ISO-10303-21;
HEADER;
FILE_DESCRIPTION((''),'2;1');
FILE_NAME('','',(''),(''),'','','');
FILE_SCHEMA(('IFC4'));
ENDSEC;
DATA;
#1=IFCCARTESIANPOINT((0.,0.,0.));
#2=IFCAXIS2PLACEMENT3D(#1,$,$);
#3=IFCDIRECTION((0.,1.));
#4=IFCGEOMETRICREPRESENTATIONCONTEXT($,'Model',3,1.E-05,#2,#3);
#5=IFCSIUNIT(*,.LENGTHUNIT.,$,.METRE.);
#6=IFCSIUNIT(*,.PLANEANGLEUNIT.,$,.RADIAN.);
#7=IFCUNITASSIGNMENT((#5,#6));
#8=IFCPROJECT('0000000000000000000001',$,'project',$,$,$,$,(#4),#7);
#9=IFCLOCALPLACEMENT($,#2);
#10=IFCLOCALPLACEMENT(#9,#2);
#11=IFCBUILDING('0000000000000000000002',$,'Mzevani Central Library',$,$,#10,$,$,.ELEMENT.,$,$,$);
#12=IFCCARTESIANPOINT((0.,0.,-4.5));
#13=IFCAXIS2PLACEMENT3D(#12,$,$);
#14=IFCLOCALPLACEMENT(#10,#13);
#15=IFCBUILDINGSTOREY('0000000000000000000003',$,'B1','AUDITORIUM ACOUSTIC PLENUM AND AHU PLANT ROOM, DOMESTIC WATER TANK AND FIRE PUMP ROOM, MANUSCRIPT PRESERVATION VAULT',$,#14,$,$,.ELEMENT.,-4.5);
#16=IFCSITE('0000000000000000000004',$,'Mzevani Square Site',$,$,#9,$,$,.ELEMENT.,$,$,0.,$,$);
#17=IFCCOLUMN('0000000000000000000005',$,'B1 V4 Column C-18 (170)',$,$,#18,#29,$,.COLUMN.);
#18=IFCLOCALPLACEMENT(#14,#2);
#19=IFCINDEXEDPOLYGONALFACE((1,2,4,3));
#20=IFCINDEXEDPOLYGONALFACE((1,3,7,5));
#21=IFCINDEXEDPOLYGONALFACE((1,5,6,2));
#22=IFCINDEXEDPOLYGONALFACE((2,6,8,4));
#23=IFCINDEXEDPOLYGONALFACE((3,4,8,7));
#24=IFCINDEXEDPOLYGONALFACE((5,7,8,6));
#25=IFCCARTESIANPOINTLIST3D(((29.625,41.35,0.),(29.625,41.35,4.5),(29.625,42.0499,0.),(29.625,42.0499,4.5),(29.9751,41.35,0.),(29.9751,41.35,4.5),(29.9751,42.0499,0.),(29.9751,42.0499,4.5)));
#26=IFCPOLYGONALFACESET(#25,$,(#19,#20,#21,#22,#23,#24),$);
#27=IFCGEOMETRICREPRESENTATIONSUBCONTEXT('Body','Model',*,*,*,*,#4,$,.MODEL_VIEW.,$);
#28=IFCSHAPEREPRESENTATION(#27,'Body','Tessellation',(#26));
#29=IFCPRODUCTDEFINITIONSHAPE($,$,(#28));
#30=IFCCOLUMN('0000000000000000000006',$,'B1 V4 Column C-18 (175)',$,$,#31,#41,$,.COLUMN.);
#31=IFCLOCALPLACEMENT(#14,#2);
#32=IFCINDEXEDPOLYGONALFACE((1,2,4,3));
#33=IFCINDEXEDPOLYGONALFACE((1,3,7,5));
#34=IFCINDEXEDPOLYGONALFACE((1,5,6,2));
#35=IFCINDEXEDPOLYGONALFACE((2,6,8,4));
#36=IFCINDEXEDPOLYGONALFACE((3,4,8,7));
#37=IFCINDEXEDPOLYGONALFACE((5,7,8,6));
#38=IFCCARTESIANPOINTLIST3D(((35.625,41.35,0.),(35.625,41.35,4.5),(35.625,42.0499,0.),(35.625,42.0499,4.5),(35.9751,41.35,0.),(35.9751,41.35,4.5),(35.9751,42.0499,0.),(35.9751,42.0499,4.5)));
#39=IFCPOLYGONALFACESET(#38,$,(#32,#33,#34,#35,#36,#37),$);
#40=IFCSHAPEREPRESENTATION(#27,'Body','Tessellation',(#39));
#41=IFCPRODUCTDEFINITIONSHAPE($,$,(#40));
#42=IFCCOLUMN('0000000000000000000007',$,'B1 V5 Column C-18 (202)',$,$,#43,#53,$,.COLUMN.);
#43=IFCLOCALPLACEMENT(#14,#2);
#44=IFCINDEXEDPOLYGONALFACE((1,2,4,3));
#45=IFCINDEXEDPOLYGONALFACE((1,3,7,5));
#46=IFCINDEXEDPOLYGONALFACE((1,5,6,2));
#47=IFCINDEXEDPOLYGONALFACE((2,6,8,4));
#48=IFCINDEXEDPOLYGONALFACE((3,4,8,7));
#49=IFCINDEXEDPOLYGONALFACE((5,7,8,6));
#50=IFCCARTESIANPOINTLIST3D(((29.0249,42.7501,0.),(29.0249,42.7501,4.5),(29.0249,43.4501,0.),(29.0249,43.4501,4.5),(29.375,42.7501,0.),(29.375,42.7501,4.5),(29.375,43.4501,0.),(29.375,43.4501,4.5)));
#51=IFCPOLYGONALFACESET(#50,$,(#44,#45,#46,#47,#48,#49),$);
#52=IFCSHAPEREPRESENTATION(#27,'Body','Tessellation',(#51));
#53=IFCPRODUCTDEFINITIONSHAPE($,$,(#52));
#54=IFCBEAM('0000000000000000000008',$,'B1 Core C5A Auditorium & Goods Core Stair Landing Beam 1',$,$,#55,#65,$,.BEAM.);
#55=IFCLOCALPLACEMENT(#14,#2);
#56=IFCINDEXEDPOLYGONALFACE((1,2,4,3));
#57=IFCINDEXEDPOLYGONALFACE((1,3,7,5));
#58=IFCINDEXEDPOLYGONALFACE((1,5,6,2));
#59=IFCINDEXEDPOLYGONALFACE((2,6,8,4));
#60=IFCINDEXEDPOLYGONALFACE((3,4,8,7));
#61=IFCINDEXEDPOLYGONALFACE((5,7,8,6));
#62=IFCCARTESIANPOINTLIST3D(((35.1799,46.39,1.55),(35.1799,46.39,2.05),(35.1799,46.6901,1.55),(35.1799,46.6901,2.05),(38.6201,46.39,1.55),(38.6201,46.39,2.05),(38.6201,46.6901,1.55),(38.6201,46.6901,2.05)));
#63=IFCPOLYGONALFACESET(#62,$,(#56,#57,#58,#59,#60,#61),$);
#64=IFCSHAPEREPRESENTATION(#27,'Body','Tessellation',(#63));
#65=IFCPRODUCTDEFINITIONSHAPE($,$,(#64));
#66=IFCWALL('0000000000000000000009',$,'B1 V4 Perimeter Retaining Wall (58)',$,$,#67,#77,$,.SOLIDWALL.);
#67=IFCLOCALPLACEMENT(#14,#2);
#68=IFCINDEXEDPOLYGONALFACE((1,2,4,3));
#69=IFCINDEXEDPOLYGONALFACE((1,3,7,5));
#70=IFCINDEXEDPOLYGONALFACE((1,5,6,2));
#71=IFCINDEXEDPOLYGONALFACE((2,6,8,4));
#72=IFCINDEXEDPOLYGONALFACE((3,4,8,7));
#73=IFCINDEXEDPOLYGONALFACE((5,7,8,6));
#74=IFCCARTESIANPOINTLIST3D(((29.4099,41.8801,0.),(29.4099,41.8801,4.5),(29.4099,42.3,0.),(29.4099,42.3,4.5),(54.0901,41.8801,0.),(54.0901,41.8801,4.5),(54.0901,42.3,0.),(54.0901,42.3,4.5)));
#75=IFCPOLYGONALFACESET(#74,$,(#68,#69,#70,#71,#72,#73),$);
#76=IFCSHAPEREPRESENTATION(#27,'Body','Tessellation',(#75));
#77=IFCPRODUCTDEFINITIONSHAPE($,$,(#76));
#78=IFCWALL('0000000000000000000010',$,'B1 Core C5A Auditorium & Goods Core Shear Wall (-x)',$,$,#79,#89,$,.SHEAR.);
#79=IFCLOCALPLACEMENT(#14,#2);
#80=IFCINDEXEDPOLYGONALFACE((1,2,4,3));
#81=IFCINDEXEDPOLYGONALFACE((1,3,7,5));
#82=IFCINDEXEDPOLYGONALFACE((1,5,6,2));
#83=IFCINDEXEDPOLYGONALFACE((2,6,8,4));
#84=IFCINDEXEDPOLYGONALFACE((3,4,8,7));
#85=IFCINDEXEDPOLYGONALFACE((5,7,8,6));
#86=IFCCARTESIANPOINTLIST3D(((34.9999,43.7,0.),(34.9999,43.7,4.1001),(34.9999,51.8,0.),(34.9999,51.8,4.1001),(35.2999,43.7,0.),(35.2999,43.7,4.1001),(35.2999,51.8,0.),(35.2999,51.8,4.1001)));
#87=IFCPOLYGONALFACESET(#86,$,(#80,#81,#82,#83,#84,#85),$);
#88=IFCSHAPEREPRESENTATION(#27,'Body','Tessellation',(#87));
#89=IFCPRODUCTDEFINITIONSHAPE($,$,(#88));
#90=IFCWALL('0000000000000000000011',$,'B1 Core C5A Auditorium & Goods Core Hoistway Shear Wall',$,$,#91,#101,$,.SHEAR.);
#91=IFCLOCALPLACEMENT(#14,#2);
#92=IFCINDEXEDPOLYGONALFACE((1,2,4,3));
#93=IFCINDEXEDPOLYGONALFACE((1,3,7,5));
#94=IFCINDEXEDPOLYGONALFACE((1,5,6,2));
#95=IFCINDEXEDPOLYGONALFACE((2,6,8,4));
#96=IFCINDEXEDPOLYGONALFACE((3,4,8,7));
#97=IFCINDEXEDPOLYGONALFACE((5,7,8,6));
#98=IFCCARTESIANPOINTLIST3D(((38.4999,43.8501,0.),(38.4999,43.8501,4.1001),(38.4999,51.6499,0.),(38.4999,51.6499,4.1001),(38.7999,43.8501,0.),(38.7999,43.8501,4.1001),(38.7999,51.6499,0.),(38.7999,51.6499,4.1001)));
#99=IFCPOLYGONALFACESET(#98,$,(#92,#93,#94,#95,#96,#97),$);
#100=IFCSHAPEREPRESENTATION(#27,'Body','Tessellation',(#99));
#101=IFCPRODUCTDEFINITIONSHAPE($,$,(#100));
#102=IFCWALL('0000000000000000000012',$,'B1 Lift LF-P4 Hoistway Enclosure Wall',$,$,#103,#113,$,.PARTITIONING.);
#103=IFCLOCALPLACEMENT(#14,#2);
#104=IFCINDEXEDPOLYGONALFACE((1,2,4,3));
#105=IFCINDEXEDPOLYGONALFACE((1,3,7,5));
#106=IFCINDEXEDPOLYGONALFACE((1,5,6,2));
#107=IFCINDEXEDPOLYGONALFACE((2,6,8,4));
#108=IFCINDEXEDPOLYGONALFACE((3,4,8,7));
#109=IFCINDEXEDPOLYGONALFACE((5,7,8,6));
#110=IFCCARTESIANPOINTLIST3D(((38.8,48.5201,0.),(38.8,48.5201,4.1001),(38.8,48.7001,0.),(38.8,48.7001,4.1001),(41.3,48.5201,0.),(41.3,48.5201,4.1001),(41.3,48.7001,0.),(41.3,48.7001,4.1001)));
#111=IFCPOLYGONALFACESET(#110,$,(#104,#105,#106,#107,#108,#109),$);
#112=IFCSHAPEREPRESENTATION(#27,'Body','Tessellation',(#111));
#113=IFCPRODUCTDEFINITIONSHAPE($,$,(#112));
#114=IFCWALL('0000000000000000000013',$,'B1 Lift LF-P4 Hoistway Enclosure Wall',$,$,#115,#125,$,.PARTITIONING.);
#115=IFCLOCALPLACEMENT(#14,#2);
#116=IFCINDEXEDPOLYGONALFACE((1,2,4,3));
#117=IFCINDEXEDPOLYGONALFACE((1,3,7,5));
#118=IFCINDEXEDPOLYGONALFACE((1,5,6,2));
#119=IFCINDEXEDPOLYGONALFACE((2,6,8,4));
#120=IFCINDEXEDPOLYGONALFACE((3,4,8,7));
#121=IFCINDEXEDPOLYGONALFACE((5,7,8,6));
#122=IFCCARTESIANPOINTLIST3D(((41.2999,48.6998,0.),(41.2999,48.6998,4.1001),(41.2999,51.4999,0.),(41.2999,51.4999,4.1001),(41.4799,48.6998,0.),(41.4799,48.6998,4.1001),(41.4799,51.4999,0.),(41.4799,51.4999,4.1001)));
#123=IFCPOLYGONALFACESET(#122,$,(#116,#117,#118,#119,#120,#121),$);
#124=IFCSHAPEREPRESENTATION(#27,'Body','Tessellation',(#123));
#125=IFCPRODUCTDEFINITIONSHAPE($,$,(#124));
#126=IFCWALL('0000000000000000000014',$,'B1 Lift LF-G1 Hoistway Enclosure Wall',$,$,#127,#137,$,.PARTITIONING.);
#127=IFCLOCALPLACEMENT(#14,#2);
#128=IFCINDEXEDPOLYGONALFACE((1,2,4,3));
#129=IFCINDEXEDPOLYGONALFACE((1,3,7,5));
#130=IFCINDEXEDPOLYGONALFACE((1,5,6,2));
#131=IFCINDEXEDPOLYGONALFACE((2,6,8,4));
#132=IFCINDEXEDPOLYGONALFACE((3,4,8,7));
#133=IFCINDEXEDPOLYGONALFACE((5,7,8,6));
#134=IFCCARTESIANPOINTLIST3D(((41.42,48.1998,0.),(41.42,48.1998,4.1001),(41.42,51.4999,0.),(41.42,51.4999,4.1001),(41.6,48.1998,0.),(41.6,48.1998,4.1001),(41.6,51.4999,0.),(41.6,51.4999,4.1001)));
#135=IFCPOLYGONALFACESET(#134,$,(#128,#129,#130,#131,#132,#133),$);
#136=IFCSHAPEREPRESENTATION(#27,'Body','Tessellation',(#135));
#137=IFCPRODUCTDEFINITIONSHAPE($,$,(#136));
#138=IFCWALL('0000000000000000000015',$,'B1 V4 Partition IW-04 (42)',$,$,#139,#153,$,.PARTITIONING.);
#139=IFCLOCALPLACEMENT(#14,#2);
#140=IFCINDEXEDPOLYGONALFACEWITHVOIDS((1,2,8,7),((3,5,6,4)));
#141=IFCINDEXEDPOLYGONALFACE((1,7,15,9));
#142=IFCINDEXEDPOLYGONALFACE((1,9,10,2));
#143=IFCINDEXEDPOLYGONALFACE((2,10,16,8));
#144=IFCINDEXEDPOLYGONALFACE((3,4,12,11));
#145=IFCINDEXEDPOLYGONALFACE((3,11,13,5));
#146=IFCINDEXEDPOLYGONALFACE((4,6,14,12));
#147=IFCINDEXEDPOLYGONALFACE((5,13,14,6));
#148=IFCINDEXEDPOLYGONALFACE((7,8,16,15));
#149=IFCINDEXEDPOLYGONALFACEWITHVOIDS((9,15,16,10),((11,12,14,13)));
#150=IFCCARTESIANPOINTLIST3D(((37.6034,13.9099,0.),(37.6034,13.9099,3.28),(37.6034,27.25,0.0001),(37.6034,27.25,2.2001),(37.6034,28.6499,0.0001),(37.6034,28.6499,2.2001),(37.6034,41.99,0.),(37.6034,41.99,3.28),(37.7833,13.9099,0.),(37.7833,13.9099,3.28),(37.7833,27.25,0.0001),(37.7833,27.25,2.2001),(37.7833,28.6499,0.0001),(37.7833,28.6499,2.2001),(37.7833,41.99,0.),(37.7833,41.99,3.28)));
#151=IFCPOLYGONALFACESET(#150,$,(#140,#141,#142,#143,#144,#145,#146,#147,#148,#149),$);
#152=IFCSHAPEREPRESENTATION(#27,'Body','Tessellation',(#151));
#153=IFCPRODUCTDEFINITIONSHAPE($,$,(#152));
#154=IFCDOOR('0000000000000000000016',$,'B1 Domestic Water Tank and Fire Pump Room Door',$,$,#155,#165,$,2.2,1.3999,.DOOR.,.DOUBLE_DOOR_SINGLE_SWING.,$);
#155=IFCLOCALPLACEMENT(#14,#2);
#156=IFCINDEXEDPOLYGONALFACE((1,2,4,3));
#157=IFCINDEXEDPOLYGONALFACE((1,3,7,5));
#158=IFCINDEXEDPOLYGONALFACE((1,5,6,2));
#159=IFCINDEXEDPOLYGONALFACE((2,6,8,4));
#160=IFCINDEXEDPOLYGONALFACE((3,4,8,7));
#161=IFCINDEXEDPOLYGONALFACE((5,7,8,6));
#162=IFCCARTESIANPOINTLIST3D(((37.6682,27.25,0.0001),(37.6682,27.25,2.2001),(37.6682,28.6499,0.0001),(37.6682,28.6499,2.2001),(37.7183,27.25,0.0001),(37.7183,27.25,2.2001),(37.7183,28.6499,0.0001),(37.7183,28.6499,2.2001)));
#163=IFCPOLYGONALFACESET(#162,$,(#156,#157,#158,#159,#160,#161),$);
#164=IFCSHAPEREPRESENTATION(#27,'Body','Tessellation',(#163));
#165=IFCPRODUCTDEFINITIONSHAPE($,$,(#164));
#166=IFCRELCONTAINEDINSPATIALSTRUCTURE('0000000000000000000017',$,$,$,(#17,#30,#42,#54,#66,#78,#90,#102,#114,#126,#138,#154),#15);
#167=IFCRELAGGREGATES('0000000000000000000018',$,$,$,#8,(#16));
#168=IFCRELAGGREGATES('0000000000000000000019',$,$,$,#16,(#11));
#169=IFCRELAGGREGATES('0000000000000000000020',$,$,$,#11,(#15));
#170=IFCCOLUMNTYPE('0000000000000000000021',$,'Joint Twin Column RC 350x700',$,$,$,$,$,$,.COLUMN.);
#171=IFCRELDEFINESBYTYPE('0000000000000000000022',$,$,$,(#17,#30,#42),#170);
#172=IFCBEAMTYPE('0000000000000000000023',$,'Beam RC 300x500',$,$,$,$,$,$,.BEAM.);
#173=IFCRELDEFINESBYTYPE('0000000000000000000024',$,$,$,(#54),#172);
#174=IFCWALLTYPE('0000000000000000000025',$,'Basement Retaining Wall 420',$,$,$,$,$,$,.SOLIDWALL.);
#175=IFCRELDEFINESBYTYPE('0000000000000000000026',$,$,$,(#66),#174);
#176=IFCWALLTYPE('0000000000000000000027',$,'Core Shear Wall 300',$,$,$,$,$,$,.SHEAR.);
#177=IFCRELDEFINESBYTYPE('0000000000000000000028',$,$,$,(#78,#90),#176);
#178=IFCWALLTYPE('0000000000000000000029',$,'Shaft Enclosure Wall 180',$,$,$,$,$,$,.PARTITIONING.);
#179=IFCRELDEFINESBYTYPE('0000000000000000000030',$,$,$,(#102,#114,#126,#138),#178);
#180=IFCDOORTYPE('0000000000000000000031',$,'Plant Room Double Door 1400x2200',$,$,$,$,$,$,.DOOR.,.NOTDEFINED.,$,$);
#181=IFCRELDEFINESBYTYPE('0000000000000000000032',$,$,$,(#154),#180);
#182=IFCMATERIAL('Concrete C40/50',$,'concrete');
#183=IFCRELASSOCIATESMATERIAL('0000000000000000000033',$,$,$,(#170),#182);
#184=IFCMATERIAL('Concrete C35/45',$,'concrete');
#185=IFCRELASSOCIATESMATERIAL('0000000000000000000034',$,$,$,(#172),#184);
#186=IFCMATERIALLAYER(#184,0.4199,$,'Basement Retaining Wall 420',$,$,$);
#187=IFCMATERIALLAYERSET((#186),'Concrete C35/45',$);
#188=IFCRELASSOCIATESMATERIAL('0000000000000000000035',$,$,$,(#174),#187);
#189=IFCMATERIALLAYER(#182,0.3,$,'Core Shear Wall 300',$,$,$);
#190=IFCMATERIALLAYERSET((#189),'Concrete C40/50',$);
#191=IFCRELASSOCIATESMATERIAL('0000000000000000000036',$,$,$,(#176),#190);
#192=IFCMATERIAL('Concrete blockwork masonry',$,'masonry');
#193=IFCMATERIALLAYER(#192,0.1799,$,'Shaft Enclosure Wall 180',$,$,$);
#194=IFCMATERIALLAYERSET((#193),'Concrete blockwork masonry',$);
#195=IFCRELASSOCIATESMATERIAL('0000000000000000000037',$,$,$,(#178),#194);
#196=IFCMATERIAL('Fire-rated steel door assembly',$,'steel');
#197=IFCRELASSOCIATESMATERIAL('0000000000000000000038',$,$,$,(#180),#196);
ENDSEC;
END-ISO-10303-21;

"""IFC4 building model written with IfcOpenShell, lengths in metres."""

from ifc_helpers import new_model, si_unit, direction, frame, frame_2d, origin, origin_2d, place, context, subcontext, project, spatial, rectangle, extrude, material, layer, layer_set, material_profile, profile_set, type_object, element, fill, save


model = new_model("IFC4")

# Units and contexts
model_context = context("Model", 3, precision=1e-05, world=origin(), true_north=direction((0.0, 1.0)))
body_context = subcontext(model_context, "Body", "Model", "MODEL_VIEW")
ifc_project = project(units=[si_unit("LENGTHUNIT", "METRE"), si_unit("PLANEANGLEUNIT", "RADIAN")], contexts=[model_context])

# Site, building, storey
site_placement = place(None, origin())
site = spatial("IfcSite", under=ifc_project, at=site_placement, Name="Mzevani Square Site", CompositionType="ELEMENT", RefElevation=0.0)
building_placement = place(site_placement, origin())
building = spatial("IfcBuilding", under=site, at=building_placement, Name="Mzevani Central Library", CompositionType="ELEMENT")
storey_placement = place(building_placement, frame((0.0, 0.0, -4.5)))
storey = spatial("IfcBuildingStorey", under=building, at=storey_placement, Name="B1", Description="AUDITORIUM ACOUSTIC PLENUM AND AHU PLANT ROOM, DOMESTIC WATER TANK AND FIRE PUMP ROOM, MANUSCRIPT PRESERVATION VAULT", CompositionType="ELEMENT", Elevation=-4.5)

# Shared definitions
ifc_material_1 = material(Name="Concrete C40/50", Category="concrete")

# Columns
ifc_material_profile_1 = material_profile(ifc_material_1, rectangle(XDim=0.3501, YDim=0.7, at=origin_2d()), Name="RC 350x700")
ifc_profile_set_1 = profile_set([ifc_material_profile_1], Name="Concrete C40/50")
column_type_1 = type_object("IfcColumnType", Name="Joint Twin Column RC 350x700", PredefinedType="COLUMN", material=ifc_profile_set_1)
for number, where, z_axis, x_axis, name in (
    (1, (29.8, 41.7, 0.0), (0.0, 0.0, 1.0), (1.0, 0.0, 0.0), "B1 V4 Column C-18 (170)"),
    (2, (35.8, 41.7, 0.0), (0.0, 0.0, 1.0), (1.0, 0.0, 0.0), "B1 V4 Column C-18 (175)"),
    (3, (29.2, 43.1001, 0.0), (0.0, 0.0, 1.0), (1.0, 0.0, 0.0), "B1 V5 Column C-18 (202)"),
):
    element("IfcColumn", number, at=place(storey_placement, frame(where, z_axis=z_axis, x_axis=x_axis)), inside=storey, type_object=column_type_1, Name=name, PredefinedType="COLUMN", context=body_context, shape_type="SweptSolid", body=[
        extrude(rectangle(XDim=0.3501, YDim=0.7, at=origin_2d()), origin(), (0.0, 0.0, 1.0), 4.5),
    ])

# Beam
ifc_material_2 = material(Name="Concrete C35/45", Category="concrete")
ifc_material_profile_2 = material_profile(ifc_material_2, rectangle(XDim=0.3, YDim=0.5, at=origin_2d()), Name="RC B300x500")
ifc_profile_set_2 = profile_set([ifc_material_profile_2], Name="Concrete C35/45")
beam_type = type_object("IfcBeamType", Name="Beam RC 300x500", PredefinedType="BEAM", material=ifc_profile_set_2)
beam_placement = place(storey_placement, frame((35.1799, 46.54, 1.8), z_axis=(1.0, 0.0, 0.0), x_axis=(0.0, 1.0, 0.0)))
element("IfcBeam", 4, at=beam_placement, inside=storey, type_object=beam_type, Name="B1 Core C5A Auditorium & Goods Core Stair Landing Beam 1", PredefinedType="BEAM", context=body_context, shape_type="SweptSolid", body=[
    extrude(rectangle(XDim=0.3, YDim=0.5, at=origin_2d()), origin(), (0.0, 0.0, 1.0), 3.4402),
])

# Walls
ifc_layer_1 = layer(ifc_material_2, 0.4199, Name="Basement Retaining Wall 420")
ifc_layer_set_1 = layer_set([ifc_layer_1], Name="Concrete C35/45")
wall_type_1 = type_object("IfcWallType", Name="Basement Retaining Wall 420", PredefinedType="SOLIDWALL", material=ifc_layer_set_1)
wall_1_placement = place(storey_placement, frame((29.4099, 42.0901, 0.0), z_axis=(0.0, 0.0, 1.0), x_axis=(1.0, 0.0, 0.0)))
element("IfcWall", 5, at=wall_1_placement, inside=storey, type_object=wall_type_1, Name="B1 V4 Perimeter Retaining Wall (58)", PredefinedType="SOLIDWALL", context=body_context, shape_type="SweptSolid", body=[
    extrude(rectangle(XDim=24.6802, YDim=0.4199, at=frame_2d((12.3401, 0.0))), origin(), (0.0, 0.0, 1.0), 4.5),
])
ifc_layer_2 = layer(ifc_material_1, 0.3, Name="Core Shear Wall 300")
ifc_layer_set_2 = layer_set([ifc_layer_2], Name="Concrete C40/50")
wall_type_2 = type_object("IfcWallType", Name="Core Shear Wall 300", PredefinedType="SHEAR", material=ifc_layer_set_2)
wall_2_placement = place(storey_placement, frame((35.1499, 43.7, 0.0), z_axis=(0.0, 0.0, 1.0), x_axis=(0.0, 1.0, 0.0)))
element("IfcWall", 6, at=wall_2_placement, inside=storey, type_object=wall_type_2, Name="B1 Core C5A Auditorium & Goods Core Shear Wall (-x)", PredefinedType="SHEAR", context=body_context, shape_type="SweptSolid", body=[
    extrude(rectangle(XDim=8.1001, YDim=0.3, at=frame_2d((4.05, 0.0))), origin(), (0.0, 0.0, 1.0), 4.1001),
])
wall_3_placement = place(storey_placement, frame((38.6499, 43.8501, 0.0), z_axis=(0.0, 0.0, 1.0), x_axis=(0.0, 1.0, 0.0)))
element("IfcWall", 7, at=wall_3_placement, inside=storey, type_object=wall_type_2, Name="B1 Core C5A Auditorium & Goods Core Hoistway Shear Wall", PredefinedType="SHEAR", context=body_context, shape_type="SweptSolid", body=[
    extrude(rectangle(XDim=7.7998, YDim=0.3, at=frame_2d((3.8999, 0.0))), origin(), (0.0, 0.0, 1.0), 4.1001),
])
ifc_material_3 = material(Name="Concrete blockwork masonry", Category="masonry")
ifc_layer_3 = layer(ifc_material_3, 0.1799, Name="Shaft Enclosure Wall 180")
ifc_layer_set_3 = layer_set([ifc_layer_3], Name="Concrete blockwork masonry")
wall_type_3 = type_object("IfcWallType", Name="Shaft Enclosure Wall 180", PredefinedType="PARTITIONING", material=ifc_layer_set_3)
wall_4_placement = place(storey_placement, frame((38.8, 48.6101, 0.0), z_axis=(0.0, 0.0, 1.0), x_axis=(1.0, 0.0, 0.0)))
element("IfcWall", 8, at=wall_4_placement, inside=storey, type_object=wall_type_3, Name="B1 Lift LF-P4 Hoistway Enclosure Wall", PredefinedType="PARTITIONING", context=body_context, shape_type="SweptSolid", body=[
    extrude(rectangle(XDim=2.5, YDim=0.1799, at=frame_2d((1.25, 0.0))), origin(), (0.0, 0.0, 1.0), 4.1001),
])
wall_5_placement = place(storey_placement, frame((41.3899, 48.7, 0.0), z_axis=(0.0, 0.0, 1.0), x_axis=(0.0, 1.0, 0.0)))
element("IfcWall", 9, at=wall_5_placement, inside=storey, type_object=wall_type_3, Name="B1 Lift LF-P4 Hoistway Enclosure Wall", PredefinedType="PARTITIONING", context=body_context, shape_type="SweptSolid", body=[
    extrude(rectangle(XDim=2.8, YDim=0.1799, at=frame_2d((1.3999, 0.0))), origin(), (0.0, 0.0, 1.0), 4.1001),
])
wall_6_placement = place(storey_placement, frame((41.51, 48.2, 0.0), z_axis=(0.0, 0.0, 1.0), x_axis=(0.0, 1.0, 0.0)))
element("IfcWall", 10, at=wall_6_placement, inside=storey, type_object=wall_type_3, Name="B1 Lift LF-G1 Hoistway Enclosure Wall", PredefinedType="PARTITIONING", context=body_context, shape_type="SweptSolid", body=[
    extrude(rectangle(XDim=3.3, YDim=0.1799, at=frame_2d((1.6499, 0.0))), origin(), (0.0, 0.0, 1.0), 4.1001),
])

# Wall, opening, door
wall_7_placement = place(storey_placement, frame((37.6934, 41.99, 0.0), z_axis=(0.0, 0.0, 1.0), x_axis=(0.0, -1.0, 0.0)))
wall_7 = element("IfcWall", 11, at=wall_7_placement, inside=storey, type_object=wall_type_3, Name="B1 V4 Partition IW-04 (42)", PredefinedType="PARTITIONING", context=body_context, shape_type="SweptSolid", body=[
    extrude(rectangle(XDim=28.0801, YDim=0.1799, at=frame_2d((14.04, 0.0))), origin(), (0.0, 0.0, 1.0), 3.28),
])
opening_placement = place(wall_7_placement, frame((13.3401, 0.0, 0.0)))
opening = element("IfcOpeningElement", 12, at=opening_placement, cuts=wall_7, PredefinedType="OPENING", context=body_context, shape_type="SweptSolid", body=[
    extrude(rectangle(XDim=1.3999, YDim=2.2, at=frame_2d((0.7, 1.1001))), frame((0.0, 0.1001, 0.0), z_axis=(0.0, -1.0, 0.0), x_axis=(1.0, 0.0, 0.0)), (0.0, 0.0, 1.0), 0.2),
])
ifc_material_4 = material(Name="Fire-rated steel door assembly", Category="steel")
door_type = type_object("IfcDoorType", Name="Plant Room Double Door 1400x2200", OperationType="NOTDEFINED", PredefinedType="DOOR", material=ifc_material_4)
door_placement = place(opening_placement, origin())
door = element("IfcDoor", 13, at=door_placement, inside=storey, type_object=door_type, Name="B1 Domestic Water Tank and Fire Pump Room Door", OperationType="DOUBLE_DOOR_SINGLE_SWING", OverallHeight=2.2, OverallWidth=1.3999, PredefinedType="DOOR", context=body_context, shape_type="SweptSolid", body=[
    extrude(rectangle(XDim=1.3999, YDim=2.2, at=frame_2d((0.7, 1.1001))), frame((0.0, 0.0249, 0.0), z_axis=(0.0, -1.0, 0.0), x_axis=(1.0, 0.0, 0.0)), (0.0, 0.0, 1.0), 0.05),
])
fill(opening, door)

save(model, "model.ifc")
